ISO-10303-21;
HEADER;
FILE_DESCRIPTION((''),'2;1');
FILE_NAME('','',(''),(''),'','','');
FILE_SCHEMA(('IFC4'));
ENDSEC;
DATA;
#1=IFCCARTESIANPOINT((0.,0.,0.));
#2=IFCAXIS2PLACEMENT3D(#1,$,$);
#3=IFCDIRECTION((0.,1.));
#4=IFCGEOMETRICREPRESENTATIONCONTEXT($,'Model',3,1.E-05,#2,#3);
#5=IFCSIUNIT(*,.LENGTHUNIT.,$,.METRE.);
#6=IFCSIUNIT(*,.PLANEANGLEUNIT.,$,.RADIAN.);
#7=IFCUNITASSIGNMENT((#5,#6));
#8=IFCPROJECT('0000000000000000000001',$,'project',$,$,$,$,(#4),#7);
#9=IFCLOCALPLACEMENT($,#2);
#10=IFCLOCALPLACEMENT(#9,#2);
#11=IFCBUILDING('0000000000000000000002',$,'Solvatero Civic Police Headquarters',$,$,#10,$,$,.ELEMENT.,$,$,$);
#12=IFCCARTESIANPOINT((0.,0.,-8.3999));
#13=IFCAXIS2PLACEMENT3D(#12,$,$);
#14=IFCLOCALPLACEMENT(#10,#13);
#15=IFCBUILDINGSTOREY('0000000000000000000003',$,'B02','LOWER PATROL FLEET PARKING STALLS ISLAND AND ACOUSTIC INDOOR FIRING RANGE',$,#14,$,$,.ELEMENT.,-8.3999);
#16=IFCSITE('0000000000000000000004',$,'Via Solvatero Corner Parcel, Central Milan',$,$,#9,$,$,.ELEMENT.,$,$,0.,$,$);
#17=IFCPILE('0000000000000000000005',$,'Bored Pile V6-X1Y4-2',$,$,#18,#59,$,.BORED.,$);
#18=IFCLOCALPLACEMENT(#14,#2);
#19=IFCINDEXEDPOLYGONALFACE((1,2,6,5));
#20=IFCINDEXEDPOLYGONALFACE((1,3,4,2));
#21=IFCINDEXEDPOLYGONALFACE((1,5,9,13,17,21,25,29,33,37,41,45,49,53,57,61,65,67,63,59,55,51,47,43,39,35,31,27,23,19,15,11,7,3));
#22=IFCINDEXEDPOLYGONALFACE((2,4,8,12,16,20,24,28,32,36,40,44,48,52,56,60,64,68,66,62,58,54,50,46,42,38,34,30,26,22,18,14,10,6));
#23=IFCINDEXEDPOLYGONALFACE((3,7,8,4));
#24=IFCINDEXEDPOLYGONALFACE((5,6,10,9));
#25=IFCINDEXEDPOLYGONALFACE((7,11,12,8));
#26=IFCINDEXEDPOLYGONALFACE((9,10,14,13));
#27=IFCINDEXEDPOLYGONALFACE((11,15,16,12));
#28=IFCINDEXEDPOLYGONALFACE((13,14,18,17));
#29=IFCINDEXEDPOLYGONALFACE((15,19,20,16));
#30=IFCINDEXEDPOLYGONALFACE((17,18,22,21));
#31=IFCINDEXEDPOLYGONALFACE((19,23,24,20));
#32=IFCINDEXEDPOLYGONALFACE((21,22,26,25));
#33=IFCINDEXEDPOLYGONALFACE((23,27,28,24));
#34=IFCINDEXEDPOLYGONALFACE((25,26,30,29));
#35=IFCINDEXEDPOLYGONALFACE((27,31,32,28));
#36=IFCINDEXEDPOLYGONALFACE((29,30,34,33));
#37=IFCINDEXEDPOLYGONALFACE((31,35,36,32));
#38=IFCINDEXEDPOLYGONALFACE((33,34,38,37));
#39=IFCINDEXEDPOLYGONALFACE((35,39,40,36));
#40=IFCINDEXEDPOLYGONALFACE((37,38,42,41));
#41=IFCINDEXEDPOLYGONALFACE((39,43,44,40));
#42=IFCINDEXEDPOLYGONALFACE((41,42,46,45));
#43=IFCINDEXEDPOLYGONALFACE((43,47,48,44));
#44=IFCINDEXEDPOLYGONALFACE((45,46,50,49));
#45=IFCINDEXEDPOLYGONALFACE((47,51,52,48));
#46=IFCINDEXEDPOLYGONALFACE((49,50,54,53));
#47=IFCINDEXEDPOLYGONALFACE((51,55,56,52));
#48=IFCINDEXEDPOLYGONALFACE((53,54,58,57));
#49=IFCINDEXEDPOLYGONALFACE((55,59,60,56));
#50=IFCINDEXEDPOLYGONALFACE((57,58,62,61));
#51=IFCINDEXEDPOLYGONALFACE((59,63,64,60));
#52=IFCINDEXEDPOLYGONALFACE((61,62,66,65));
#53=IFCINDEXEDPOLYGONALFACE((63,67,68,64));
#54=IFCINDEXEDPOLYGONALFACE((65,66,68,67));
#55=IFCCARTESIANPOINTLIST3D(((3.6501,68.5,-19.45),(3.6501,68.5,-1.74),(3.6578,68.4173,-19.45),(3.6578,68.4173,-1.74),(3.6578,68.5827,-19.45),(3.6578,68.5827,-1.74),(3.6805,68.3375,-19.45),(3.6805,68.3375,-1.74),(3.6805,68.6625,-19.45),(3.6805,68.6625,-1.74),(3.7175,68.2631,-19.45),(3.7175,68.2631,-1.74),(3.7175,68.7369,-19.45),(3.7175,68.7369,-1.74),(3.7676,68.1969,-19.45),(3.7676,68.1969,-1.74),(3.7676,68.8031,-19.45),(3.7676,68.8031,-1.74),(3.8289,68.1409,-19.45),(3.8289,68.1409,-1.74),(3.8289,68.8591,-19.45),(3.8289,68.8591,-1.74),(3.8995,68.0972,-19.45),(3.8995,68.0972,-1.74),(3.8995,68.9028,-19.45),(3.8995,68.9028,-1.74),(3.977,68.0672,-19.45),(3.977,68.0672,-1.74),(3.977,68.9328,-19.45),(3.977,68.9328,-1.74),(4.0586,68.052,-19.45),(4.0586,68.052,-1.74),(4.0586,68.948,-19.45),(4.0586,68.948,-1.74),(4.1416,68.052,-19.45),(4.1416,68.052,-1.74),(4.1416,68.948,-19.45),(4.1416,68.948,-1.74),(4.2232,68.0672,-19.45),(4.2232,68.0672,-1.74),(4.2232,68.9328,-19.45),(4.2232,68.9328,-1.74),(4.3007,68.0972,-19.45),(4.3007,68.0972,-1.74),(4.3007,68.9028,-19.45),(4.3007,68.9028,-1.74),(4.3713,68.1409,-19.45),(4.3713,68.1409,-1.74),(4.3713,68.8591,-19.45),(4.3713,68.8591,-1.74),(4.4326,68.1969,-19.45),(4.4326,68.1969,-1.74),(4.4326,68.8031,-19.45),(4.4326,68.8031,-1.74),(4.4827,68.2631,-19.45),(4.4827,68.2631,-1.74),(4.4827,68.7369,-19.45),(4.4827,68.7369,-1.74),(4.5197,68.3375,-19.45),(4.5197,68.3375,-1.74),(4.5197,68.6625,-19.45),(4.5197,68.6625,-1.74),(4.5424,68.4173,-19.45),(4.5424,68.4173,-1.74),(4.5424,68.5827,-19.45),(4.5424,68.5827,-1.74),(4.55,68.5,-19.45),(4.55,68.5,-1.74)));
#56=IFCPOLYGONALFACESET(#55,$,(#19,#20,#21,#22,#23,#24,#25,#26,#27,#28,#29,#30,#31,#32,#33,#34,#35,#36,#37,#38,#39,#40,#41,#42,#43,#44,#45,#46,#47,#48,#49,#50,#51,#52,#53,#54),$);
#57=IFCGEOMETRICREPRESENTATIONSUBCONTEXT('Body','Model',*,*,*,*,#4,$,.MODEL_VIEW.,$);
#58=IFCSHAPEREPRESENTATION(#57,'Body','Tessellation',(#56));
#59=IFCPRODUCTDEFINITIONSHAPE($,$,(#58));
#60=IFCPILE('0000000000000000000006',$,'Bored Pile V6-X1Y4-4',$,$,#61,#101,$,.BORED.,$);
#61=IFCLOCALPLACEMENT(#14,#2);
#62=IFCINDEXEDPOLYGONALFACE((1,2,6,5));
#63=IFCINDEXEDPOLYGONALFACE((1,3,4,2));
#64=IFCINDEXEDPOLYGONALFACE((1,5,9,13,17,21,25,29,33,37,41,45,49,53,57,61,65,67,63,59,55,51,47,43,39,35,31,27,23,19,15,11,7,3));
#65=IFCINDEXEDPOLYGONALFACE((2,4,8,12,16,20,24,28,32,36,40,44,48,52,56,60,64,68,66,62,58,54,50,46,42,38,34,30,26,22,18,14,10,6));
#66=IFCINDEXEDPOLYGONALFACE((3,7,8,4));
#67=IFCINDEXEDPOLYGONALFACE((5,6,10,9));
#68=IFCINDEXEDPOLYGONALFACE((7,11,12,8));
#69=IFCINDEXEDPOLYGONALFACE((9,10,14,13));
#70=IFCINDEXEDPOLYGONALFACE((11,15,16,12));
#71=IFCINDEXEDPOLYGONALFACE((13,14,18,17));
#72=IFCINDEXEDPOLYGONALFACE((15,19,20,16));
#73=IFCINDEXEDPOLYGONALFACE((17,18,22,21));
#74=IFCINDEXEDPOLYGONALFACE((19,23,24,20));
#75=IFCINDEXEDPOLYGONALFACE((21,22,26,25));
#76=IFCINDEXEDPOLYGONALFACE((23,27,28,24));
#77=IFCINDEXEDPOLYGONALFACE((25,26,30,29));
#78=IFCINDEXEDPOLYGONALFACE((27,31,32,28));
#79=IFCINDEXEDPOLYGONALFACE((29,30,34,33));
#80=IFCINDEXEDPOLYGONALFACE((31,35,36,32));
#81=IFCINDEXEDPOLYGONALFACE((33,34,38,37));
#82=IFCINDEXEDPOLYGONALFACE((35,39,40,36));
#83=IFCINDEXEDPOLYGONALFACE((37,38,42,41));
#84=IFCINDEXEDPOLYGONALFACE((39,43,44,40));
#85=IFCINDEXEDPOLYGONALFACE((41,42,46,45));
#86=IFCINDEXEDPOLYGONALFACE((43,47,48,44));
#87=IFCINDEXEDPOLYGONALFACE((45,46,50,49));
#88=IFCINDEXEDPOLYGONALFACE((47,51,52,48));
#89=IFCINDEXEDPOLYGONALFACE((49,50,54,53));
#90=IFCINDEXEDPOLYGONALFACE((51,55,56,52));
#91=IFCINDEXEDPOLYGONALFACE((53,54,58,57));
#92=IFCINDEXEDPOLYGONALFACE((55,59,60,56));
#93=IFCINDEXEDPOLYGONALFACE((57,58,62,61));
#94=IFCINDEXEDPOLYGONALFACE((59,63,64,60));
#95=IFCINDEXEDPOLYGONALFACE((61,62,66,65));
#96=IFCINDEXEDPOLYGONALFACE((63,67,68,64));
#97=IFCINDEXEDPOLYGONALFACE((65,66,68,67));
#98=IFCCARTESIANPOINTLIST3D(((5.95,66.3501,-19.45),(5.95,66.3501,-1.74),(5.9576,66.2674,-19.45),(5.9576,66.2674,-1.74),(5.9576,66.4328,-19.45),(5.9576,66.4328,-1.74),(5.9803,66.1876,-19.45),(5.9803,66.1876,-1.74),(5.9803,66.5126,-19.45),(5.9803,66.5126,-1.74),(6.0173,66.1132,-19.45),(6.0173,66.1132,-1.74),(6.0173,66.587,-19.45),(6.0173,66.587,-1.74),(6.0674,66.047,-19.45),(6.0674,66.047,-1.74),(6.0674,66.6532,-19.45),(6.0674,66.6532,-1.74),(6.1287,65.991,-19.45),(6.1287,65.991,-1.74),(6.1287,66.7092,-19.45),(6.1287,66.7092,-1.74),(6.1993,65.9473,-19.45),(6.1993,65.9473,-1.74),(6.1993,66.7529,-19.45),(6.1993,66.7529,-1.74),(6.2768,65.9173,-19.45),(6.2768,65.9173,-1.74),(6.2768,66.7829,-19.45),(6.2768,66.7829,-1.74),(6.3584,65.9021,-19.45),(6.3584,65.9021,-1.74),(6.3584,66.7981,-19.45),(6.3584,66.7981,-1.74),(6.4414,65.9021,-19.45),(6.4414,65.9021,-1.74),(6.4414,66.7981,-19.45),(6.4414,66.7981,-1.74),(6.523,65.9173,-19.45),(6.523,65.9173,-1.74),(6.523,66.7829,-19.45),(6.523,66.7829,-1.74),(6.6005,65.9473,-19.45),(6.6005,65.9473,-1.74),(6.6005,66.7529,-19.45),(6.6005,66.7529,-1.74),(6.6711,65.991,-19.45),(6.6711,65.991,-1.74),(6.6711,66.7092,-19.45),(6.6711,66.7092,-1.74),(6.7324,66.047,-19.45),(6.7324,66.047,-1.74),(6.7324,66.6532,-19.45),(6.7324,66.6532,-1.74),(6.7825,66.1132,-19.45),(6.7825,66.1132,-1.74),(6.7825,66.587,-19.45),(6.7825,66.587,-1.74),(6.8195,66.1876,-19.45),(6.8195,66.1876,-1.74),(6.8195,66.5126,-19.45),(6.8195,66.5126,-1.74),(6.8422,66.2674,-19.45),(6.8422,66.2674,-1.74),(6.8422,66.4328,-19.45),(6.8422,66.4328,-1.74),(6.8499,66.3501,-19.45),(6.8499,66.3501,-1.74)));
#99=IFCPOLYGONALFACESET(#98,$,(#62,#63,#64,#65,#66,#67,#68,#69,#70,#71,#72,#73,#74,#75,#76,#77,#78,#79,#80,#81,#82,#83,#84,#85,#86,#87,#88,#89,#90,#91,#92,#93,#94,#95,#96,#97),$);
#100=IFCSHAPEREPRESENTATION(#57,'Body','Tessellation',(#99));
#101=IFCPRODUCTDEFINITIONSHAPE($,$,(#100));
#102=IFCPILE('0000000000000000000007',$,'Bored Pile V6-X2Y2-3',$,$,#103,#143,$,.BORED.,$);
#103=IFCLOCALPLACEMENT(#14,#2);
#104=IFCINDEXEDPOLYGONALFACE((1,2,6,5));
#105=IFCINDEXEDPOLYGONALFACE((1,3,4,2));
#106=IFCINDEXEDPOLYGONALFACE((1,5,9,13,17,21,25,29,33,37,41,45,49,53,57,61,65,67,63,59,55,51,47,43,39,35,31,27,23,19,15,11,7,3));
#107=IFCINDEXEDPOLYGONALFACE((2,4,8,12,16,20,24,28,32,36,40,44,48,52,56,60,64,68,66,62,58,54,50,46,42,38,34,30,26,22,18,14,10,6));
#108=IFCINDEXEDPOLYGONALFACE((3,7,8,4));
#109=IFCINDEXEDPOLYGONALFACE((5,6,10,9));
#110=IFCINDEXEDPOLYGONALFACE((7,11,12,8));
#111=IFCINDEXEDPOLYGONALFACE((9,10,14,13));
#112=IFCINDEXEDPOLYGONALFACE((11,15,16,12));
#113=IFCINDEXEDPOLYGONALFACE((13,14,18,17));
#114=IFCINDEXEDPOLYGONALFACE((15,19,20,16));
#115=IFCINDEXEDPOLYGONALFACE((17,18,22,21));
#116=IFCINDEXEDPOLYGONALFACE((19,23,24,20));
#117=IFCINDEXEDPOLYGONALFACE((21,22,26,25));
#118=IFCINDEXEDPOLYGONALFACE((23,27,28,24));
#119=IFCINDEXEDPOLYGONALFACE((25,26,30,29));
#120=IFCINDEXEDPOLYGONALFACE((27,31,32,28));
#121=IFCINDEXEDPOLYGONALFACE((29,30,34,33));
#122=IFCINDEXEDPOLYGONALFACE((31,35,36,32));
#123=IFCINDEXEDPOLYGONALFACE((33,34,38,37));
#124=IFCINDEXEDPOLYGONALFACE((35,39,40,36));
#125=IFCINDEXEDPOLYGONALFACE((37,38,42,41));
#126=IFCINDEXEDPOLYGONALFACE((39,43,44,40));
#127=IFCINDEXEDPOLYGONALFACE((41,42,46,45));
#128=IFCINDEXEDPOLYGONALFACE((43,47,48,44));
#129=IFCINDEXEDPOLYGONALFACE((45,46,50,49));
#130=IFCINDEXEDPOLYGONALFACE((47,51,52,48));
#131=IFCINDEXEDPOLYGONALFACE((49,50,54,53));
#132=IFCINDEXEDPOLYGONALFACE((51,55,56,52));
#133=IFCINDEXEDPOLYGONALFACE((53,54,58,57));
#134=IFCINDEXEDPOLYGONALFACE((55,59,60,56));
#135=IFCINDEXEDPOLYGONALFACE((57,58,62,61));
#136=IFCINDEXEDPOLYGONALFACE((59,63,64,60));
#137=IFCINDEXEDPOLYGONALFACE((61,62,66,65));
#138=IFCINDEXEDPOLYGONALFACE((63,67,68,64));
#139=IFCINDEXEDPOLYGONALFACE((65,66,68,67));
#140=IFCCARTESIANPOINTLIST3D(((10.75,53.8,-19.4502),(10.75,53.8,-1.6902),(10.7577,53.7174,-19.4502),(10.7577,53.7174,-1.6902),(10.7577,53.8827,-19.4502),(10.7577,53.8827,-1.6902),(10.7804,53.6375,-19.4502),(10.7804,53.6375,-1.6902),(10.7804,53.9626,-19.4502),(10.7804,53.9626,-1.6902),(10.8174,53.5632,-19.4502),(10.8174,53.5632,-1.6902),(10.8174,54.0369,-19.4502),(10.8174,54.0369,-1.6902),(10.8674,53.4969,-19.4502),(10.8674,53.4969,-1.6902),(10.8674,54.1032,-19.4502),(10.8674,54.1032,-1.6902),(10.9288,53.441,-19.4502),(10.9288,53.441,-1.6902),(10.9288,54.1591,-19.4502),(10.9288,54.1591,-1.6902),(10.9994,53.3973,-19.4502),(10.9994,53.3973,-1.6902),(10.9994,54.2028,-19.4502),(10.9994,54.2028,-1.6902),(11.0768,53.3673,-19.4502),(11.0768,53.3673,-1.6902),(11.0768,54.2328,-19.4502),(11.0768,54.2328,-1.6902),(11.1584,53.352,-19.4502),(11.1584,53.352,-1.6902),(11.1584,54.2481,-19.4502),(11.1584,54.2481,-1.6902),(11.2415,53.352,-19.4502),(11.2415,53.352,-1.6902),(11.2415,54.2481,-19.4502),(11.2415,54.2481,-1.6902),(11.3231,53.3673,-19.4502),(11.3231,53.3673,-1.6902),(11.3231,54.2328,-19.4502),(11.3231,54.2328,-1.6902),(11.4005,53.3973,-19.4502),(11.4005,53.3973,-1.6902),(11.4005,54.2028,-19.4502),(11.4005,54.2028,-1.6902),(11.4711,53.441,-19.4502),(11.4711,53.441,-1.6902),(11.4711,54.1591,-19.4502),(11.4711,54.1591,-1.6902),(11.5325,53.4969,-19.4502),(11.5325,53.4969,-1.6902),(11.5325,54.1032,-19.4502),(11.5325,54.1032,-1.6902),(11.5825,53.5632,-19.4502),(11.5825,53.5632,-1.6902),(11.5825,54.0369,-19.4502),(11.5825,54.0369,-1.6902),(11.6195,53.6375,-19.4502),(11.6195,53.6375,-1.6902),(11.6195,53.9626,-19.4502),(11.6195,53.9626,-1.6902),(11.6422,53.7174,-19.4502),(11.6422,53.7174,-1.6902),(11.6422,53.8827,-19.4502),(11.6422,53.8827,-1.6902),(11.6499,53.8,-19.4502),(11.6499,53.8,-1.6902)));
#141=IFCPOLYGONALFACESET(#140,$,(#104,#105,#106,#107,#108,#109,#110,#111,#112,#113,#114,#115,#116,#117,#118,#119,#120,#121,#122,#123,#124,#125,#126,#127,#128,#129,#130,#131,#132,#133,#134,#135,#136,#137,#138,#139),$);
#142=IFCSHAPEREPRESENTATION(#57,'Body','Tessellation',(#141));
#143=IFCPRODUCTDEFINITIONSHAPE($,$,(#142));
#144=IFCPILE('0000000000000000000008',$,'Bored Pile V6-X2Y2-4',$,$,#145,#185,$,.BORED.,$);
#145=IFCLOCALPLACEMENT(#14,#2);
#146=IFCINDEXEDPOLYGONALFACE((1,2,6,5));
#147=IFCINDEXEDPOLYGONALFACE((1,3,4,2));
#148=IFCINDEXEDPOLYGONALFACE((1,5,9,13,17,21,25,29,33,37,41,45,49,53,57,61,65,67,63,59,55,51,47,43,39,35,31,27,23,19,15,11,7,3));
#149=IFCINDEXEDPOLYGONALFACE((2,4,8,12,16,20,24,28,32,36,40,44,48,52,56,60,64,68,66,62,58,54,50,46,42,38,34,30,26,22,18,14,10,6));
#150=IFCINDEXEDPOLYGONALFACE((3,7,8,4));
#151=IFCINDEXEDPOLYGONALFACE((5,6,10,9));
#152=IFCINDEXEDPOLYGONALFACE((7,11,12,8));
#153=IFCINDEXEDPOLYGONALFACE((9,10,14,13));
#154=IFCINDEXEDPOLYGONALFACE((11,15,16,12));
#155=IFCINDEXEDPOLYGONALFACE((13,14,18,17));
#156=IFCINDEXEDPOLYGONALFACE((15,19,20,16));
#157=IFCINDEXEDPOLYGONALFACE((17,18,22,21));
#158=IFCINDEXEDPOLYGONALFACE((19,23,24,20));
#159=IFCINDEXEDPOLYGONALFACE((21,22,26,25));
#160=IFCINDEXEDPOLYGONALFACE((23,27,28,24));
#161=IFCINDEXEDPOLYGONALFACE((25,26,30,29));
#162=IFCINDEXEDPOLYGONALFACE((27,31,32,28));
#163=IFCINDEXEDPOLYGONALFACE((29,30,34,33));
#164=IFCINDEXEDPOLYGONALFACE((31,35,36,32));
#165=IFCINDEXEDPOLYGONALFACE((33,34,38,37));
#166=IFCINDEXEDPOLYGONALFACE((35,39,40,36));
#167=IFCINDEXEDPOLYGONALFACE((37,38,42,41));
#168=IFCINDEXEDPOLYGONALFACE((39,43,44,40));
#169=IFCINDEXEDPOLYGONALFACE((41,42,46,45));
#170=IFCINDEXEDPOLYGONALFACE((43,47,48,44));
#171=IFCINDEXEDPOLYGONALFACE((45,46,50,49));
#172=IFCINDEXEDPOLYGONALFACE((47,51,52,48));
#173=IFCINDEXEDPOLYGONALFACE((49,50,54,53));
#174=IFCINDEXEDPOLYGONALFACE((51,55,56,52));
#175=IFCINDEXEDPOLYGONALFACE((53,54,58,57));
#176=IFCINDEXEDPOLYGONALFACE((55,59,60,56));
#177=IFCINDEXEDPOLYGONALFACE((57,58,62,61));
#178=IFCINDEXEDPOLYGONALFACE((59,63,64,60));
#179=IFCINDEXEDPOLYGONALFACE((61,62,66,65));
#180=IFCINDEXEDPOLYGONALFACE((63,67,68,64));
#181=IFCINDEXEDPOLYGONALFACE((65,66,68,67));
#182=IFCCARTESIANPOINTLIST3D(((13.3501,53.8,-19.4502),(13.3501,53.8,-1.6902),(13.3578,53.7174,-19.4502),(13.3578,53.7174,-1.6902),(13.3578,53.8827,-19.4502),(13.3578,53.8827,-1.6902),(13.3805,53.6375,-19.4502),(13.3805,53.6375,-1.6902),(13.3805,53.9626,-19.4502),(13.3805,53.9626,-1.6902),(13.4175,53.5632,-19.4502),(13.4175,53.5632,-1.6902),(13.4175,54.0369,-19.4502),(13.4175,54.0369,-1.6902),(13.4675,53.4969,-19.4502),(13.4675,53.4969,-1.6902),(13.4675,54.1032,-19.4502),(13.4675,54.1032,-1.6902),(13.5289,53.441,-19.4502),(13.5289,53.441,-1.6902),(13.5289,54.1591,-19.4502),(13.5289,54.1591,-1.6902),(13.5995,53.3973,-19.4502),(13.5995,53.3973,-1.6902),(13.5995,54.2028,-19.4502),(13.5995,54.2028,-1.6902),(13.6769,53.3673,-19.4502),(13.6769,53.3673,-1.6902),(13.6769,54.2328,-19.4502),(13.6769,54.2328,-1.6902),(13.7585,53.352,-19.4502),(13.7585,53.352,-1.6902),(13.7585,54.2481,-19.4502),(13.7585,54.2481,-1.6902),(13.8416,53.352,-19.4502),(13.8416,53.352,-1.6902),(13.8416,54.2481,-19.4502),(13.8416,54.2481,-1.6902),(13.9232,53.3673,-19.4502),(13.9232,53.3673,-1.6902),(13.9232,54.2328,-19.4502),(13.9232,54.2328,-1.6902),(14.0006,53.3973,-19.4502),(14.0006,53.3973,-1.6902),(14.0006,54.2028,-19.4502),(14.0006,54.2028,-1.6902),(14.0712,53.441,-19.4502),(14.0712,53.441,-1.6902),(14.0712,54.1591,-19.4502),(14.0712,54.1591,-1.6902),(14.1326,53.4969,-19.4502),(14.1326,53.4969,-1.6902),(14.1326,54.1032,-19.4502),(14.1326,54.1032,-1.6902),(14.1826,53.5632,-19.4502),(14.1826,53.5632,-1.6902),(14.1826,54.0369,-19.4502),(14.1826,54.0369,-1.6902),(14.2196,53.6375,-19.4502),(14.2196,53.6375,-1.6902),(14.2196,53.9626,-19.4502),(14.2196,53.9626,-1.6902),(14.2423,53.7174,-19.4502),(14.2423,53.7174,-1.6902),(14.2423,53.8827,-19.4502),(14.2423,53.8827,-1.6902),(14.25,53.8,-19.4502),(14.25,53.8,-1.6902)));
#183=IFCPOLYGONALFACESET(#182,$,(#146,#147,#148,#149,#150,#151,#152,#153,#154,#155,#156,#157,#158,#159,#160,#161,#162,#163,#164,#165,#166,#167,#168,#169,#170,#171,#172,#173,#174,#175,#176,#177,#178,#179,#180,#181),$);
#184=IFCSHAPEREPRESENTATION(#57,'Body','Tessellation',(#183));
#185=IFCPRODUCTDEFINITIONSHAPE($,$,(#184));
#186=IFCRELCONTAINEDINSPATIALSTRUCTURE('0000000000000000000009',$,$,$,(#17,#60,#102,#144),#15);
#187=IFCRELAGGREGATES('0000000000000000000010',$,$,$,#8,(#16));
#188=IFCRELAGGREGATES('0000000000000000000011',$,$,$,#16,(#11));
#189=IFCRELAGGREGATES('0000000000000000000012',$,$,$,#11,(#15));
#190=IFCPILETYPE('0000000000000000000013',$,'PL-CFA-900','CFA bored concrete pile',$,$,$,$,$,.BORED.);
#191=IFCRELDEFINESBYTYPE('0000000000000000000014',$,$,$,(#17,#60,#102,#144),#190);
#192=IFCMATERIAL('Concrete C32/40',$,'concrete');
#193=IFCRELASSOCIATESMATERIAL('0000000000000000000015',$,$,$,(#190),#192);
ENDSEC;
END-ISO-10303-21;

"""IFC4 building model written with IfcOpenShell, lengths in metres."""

from ifc_helpers import new_model, si_unit, direction, frame, origin, origin_2d, place, context, subcontext, project, spatial, circle, extrude, material, material_profile, profile_set, type_object, element, save


model = new_model("IFC4")

# Units and contexts
model_context = context("Model", 3, precision=1e-05, world=origin(), true_north=direction((0.0, 1.0)))
body_context = subcontext(model_context, "Body", "Model", "MODEL_VIEW")
ifc_project = project(units=[si_unit("LENGTHUNIT", "METRE"), si_unit("PLANEANGLEUNIT", "RADIAN")], contexts=[model_context])

# Site, building, storey
site_placement = place(None, origin())
site = spatial("IfcSite", under=ifc_project, at=site_placement, Name="Via Solvatero Corner Parcel, Central Milan", CompositionType="ELEMENT", RefElevation=0.0)
building_placement = place(site_placement, origin())
building = spatial("IfcBuilding", under=site, at=building_placement, Name="Solvatero Civic Police Headquarters", CompositionType="ELEMENT")
storey_placement = place(building_placement, frame((0.0, 0.0, -8.3999)))
storey = spatial("IfcBuildingStorey", under=building, at=storey_placement, Name="B02", Description="LOWER PATROL FLEET PARKING STALLS ISLAND AND ACOUSTIC INDOOR FIRING RANGE", CompositionType="ELEMENT", Elevation=-8.3999)

# Piles
ifc_material_1 = material(Name="Concrete C32/40", Category="concrete")
ifc_material_profile_1 = material_profile(ifc_material_1, circle(Radius=0.45, at=origin_2d()), Name="CFA PILE D900")
ifc_profile_set_1 = profile_set([ifc_material_profile_1], Name="Concrete C32/40")
pile_type_1 = type_object("IfcPileType", Name="PL-CFA-900", Description="CFA bored concrete pile", PredefinedType="BORED", material=ifc_profile_set_1)
for number, where, z_axis, x_axis, name in (
    (1, (4.1001, 68.5, -1.74), (0.0, 0.0, -1.0), (1.0, 0.0, 0.0), "Bored Pile V6-X1Y4-2"),
    (2, (6.3999, 66.3501, -1.74), (0.0, 0.0, -1.0), (1.0, 0.0, 0.0), "Bored Pile V6-X1Y4-4"),
):
    element("IfcPile", number, at=place(storey_placement, frame(where, z_axis=z_axis, x_axis=x_axis)), inside=storey, type_object=pile_type_1, Name=name, PredefinedType="BORED", context=body_context, shape_type="SweptSolid", body=[
        extrude(circle(Radius=0.45, at=origin_2d()), origin(), (0.0, 0.0, 1.0), 17.71),
    ])
for number, where, z_axis, x_axis, name in (
    (3, (11.2, 53.8, -1.6902), (0.0, 0.0, -1.0), (1.0, 0.0, 0.0), "Bored Pile V6-X2Y2-3"),
    (4, (13.8, 53.8, -1.6902), (0.0, 0.0, -1.0), (1.0, 0.0, 0.0), "Bored Pile V6-X2Y2-4"),
):
    element("IfcPile", number, at=place(storey_placement, frame(where, z_axis=z_axis, x_axis=x_axis)), inside=storey, type_object=pile_type_1, Name=name, PredefinedType="BORED", context=body_context, shape_type="SweptSolid", body=[
        extrude(circle(Radius=0.45, at=origin_2d()), origin(), (0.0, 0.0, 1.0), 17.76),
    ])

save(model, "model.ifc")
